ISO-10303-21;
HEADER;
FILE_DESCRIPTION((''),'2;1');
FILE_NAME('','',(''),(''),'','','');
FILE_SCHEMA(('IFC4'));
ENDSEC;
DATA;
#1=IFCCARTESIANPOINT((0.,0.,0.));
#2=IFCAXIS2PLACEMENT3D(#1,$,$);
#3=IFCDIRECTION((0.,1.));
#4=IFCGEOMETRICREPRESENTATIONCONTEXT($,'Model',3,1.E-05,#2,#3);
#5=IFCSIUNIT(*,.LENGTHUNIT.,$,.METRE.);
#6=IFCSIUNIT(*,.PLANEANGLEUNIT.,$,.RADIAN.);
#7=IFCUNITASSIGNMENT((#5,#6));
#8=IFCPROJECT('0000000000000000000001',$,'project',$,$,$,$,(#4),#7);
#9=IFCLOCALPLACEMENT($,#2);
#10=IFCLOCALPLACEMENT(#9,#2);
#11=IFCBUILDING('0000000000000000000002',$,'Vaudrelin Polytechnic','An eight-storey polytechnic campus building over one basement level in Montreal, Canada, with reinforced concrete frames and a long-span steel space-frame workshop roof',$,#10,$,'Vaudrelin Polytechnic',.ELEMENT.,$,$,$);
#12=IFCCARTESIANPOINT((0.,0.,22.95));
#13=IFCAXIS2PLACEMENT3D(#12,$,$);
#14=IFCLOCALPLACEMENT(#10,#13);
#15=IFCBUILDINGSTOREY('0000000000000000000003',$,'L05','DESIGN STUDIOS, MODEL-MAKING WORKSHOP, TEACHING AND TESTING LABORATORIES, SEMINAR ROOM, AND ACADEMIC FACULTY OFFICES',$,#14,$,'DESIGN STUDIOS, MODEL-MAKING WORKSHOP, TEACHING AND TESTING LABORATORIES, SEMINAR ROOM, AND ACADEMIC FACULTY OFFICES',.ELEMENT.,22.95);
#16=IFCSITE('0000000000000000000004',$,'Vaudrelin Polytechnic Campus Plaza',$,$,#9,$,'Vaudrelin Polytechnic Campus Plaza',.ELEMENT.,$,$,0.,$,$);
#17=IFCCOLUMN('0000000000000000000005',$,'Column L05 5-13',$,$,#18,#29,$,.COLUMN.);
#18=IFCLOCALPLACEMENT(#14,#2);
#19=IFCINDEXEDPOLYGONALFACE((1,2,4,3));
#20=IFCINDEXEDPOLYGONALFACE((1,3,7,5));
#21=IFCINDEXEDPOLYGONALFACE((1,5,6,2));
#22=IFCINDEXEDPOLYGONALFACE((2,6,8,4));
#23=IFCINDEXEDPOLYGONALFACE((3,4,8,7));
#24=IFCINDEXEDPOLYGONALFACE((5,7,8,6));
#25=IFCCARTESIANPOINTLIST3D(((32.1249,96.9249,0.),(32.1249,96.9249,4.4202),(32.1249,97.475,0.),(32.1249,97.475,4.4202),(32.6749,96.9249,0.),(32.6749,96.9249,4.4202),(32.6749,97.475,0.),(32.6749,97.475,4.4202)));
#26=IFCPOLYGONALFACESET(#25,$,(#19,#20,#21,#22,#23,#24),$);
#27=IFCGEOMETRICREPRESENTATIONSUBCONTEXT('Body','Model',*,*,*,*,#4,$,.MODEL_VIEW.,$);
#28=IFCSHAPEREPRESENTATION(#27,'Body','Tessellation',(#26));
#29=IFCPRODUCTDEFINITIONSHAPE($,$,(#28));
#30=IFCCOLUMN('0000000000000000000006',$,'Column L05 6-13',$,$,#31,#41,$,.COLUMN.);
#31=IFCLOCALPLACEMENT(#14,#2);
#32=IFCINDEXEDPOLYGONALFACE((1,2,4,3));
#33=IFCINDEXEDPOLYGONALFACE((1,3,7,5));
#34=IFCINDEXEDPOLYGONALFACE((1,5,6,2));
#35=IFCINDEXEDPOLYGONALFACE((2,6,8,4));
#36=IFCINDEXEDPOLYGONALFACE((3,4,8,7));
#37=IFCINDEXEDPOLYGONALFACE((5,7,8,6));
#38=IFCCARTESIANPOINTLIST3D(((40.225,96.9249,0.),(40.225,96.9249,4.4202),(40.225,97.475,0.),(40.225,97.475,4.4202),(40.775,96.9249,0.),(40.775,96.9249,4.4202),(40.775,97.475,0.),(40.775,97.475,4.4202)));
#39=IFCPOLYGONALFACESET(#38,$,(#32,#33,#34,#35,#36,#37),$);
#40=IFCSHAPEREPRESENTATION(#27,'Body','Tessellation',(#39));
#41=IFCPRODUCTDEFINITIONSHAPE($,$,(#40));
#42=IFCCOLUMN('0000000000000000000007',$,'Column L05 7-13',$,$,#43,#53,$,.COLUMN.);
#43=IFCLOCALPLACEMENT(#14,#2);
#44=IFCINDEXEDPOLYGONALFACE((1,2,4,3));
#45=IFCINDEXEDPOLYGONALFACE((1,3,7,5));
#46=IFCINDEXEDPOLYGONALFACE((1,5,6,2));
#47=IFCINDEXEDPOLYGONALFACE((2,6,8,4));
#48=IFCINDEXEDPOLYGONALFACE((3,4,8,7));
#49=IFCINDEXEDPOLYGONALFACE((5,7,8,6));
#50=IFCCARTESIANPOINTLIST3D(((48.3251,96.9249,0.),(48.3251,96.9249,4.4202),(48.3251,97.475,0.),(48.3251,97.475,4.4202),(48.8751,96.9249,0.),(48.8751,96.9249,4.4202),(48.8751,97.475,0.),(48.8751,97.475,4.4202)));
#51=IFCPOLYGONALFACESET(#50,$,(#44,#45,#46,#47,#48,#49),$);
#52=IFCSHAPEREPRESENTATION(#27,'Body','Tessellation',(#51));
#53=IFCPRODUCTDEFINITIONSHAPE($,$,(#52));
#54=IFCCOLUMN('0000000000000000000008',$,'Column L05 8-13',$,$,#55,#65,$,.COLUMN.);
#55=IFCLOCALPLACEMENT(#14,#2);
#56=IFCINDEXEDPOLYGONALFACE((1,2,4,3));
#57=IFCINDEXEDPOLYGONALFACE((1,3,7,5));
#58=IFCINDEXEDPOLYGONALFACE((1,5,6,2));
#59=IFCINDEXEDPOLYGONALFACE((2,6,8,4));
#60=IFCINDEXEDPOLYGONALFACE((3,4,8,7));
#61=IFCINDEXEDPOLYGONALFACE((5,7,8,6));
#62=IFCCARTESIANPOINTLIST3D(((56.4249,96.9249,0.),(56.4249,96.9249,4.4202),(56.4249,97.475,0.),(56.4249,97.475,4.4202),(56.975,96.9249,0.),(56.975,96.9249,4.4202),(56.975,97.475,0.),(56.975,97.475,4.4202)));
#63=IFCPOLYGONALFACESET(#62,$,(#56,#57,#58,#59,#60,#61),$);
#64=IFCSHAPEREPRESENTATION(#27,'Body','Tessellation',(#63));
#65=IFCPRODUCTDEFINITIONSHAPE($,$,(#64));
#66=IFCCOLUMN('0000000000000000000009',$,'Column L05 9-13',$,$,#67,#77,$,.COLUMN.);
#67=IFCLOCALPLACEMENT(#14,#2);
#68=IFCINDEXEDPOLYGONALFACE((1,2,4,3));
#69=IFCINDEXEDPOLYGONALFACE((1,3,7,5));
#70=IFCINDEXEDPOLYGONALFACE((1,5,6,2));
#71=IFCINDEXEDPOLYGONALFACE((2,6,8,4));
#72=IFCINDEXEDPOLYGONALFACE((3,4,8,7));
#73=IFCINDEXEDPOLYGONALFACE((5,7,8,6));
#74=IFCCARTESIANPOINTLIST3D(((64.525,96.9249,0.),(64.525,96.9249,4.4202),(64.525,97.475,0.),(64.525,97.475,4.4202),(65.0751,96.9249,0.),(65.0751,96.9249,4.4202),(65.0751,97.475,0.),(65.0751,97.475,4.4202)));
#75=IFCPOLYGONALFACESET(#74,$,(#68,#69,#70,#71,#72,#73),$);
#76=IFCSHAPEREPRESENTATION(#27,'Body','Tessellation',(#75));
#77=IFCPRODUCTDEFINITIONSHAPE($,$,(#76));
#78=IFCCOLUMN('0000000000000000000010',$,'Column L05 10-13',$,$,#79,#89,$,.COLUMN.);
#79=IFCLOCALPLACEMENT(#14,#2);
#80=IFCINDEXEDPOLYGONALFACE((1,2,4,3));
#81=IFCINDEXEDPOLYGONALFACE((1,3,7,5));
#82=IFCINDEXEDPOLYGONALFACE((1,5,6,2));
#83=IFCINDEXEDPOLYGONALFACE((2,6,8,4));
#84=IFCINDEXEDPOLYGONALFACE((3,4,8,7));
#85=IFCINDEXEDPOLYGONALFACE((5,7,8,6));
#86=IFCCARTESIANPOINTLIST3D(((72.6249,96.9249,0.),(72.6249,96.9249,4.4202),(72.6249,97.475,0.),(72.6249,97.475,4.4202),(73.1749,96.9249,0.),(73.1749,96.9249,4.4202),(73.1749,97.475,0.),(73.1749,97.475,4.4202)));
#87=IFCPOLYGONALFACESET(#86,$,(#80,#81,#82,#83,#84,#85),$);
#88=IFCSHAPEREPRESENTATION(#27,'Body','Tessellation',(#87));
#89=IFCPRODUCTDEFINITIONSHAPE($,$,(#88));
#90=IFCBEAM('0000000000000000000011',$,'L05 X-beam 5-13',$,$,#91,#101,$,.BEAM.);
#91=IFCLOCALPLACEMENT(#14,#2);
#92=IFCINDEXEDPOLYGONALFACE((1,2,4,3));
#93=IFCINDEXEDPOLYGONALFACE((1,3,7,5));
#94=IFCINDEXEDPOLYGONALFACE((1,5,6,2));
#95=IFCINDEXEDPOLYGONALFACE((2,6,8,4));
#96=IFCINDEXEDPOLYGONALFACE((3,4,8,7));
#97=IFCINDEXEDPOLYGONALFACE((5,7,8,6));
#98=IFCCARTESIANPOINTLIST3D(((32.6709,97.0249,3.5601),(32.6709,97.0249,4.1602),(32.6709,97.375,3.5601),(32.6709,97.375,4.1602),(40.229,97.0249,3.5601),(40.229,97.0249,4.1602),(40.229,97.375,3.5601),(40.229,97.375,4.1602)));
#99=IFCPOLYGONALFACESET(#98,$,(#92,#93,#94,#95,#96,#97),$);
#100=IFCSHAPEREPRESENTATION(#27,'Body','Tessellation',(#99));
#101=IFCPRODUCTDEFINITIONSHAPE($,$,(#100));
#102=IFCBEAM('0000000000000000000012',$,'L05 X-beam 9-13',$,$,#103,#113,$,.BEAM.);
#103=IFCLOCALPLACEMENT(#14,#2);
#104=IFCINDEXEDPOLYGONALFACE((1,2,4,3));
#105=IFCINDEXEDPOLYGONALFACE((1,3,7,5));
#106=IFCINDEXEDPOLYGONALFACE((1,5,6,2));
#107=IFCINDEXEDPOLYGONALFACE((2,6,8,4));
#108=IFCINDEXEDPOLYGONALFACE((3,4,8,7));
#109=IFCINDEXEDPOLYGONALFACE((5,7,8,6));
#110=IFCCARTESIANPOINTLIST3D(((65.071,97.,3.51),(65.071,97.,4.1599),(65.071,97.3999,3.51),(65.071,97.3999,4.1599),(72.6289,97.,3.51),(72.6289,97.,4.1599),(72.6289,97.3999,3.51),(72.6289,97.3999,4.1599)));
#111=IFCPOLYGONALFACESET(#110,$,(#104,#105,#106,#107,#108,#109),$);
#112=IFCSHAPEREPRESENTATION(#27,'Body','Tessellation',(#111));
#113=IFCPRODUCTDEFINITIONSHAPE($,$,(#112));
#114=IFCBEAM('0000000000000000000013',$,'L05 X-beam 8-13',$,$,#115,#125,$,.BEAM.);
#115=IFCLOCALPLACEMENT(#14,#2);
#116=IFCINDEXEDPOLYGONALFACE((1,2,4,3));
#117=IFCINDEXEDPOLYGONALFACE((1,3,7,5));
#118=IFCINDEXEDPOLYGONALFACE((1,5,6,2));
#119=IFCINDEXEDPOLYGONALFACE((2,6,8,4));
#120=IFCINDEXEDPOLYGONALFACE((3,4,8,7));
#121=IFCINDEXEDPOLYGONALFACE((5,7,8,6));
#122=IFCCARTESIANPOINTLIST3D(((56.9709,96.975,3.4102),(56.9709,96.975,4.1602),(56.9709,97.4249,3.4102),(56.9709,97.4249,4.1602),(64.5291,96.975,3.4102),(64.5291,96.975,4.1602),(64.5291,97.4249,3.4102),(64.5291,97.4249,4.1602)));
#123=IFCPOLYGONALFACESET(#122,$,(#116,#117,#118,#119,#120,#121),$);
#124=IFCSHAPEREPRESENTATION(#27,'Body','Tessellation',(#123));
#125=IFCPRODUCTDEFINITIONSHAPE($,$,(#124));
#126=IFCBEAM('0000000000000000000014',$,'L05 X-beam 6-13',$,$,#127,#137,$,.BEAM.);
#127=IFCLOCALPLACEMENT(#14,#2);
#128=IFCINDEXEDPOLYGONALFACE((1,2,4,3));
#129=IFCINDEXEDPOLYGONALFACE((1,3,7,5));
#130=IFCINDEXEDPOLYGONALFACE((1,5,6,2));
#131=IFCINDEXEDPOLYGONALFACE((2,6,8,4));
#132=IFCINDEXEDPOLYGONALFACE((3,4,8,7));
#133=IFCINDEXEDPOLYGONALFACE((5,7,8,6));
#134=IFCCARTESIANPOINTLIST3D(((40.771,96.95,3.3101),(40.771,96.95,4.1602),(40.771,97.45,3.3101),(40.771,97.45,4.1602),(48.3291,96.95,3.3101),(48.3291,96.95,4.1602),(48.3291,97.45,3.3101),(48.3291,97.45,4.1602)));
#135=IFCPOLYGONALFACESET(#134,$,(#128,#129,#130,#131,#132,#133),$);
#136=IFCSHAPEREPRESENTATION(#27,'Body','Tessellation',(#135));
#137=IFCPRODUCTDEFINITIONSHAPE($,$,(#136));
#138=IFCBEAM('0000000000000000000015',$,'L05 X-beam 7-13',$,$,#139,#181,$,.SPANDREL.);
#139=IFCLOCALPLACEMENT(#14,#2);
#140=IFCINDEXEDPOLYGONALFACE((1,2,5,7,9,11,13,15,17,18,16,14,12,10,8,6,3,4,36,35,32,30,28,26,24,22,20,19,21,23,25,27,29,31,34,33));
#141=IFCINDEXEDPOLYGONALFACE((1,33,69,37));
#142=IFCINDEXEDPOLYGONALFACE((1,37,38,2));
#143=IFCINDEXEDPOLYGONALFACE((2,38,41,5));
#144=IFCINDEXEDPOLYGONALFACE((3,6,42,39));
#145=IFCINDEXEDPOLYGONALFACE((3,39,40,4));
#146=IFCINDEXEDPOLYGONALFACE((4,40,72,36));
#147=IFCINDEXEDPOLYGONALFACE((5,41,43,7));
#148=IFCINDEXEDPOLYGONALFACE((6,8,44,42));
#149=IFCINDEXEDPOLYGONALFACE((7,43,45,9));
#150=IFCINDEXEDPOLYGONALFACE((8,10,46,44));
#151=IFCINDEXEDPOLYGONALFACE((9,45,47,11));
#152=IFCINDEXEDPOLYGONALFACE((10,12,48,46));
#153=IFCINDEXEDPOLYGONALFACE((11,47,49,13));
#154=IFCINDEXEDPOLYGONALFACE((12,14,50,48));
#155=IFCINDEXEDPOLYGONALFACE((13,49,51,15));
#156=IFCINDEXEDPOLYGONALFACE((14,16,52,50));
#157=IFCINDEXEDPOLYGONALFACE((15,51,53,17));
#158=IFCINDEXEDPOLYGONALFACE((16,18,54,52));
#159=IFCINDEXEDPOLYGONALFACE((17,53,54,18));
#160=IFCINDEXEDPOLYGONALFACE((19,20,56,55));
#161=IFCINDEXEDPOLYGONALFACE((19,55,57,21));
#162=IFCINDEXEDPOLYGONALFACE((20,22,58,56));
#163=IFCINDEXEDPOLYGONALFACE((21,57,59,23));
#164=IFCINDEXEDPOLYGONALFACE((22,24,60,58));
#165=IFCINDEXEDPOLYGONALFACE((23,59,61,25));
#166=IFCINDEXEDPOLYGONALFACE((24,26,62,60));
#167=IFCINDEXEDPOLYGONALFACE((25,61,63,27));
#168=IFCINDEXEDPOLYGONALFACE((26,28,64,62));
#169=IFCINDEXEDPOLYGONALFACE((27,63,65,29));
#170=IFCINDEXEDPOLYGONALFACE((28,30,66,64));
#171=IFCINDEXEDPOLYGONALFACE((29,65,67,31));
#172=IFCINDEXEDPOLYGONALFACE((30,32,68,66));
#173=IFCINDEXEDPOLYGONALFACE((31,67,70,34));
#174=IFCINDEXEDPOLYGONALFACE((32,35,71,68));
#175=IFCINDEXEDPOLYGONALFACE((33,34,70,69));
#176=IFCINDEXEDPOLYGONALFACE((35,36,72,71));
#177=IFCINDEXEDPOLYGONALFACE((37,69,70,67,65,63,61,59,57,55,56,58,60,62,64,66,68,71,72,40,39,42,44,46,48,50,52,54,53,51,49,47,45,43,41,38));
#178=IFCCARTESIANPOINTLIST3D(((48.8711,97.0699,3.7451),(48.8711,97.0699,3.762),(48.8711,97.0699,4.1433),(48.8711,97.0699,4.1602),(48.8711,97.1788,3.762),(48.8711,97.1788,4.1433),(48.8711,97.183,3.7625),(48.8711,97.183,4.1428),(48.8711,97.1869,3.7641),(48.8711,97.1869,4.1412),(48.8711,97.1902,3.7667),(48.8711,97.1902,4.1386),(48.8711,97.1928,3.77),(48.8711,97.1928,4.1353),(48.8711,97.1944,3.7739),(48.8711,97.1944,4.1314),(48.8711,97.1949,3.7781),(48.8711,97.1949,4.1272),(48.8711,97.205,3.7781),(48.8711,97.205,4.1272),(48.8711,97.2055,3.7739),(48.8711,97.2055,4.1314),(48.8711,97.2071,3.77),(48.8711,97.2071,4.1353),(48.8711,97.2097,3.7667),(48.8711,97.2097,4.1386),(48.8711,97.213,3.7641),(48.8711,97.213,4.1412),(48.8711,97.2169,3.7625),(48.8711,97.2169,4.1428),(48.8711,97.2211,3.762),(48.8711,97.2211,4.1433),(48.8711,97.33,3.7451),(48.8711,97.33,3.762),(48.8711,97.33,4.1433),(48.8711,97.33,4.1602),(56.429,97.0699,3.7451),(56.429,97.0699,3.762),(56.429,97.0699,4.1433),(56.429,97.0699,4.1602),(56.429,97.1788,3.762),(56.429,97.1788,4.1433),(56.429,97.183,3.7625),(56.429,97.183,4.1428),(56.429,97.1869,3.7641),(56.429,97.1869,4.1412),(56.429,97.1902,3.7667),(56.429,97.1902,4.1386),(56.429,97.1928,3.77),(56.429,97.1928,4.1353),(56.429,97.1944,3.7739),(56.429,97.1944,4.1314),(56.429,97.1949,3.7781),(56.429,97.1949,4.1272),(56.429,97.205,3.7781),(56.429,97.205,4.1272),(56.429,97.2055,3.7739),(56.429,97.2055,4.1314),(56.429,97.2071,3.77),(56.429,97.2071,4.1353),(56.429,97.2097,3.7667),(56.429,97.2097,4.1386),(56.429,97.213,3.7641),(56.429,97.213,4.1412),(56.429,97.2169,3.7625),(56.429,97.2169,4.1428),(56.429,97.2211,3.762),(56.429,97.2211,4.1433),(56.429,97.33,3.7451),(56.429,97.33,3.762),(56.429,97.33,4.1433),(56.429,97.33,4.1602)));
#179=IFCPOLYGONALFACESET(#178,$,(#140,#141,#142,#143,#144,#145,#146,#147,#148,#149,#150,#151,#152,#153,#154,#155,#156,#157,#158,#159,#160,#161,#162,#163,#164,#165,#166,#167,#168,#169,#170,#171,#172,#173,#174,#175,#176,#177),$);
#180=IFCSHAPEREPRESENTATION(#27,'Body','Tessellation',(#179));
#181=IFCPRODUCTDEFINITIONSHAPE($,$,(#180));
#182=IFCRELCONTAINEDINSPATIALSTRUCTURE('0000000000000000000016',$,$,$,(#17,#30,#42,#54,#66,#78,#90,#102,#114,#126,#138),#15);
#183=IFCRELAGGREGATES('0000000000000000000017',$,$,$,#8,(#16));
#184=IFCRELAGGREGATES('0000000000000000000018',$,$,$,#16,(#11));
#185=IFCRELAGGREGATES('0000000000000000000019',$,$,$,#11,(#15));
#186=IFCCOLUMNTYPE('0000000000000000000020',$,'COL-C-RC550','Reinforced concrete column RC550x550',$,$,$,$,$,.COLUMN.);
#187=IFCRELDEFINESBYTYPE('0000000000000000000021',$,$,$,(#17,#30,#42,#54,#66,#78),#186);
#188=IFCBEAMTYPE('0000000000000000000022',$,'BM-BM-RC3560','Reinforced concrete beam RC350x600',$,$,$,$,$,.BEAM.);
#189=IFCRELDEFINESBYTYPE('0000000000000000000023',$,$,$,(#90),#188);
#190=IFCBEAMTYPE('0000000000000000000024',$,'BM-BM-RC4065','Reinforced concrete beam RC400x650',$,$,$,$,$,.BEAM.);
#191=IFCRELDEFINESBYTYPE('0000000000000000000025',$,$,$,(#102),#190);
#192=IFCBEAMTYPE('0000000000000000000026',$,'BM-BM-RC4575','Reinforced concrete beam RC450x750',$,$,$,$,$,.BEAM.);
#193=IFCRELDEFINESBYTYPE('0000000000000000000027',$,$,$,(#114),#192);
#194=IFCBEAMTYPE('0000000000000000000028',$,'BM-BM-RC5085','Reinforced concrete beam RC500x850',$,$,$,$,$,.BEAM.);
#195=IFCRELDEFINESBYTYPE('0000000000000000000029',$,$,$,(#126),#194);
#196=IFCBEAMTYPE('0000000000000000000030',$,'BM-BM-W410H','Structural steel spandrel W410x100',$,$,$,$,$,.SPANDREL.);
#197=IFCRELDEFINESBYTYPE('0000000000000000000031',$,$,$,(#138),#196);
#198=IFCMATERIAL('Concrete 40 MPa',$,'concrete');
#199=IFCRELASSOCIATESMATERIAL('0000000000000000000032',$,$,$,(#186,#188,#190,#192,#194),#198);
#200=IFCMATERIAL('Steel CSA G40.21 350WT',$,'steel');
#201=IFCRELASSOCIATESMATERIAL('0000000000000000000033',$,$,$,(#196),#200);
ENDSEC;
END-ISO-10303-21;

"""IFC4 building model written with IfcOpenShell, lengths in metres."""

from ifc_helpers import new_model, si_unit, direction, frame, origin, origin_2d, place, context, subcontext, project, spatial, rectangle, i_section, extrude, material, material_profile, profile_set, type_object, element, save


model = new_model("IFC4")

# Units and contexts
model_context = context("Model", 3, precision=1e-05, world=origin(), true_north=direction((0.0, 1.0)))
body_context = subcontext(model_context, "Body", "Model", "MODEL_VIEW")
ifc_project = project(units=[si_unit("LENGTHUNIT", "METRE"), si_unit("PLANEANGLEUNIT", "RADIAN")], contexts=[model_context])

# Site, building, storey
site_placement = place(None, origin())
site = spatial("IfcSite", under=ifc_project, at=site_placement, Name="Vaudrelin Polytechnic Campus Plaza", LongName="Vaudrelin Polytechnic Campus Plaza", CompositionType="ELEMENT", RefElevation=0.0)
building_placement = place(site_placement, origin())
building = spatial("IfcBuilding", under=site, at=building_placement, Name="Vaudrelin Polytechnic", Description="An eight-storey polytechnic campus building over one basement level in Montreal, Canada, with reinforced concrete frames and a long-span steel space-frame workshop roof", LongName="Vaudrelin Polytechnic", CompositionType="ELEMENT")
storey_placement = place(building_placement, frame((0.0, 0.0, 22.95)))
storey = spatial("IfcBuildingStorey", under=building, at=storey_placement, Name="L05", Description="DESIGN STUDIOS, MODEL-MAKING WORKSHOP, TEACHING AND TESTING LABORATORIES, SEMINAR ROOM, AND ACADEMIC FACULTY OFFICES", LongName="DESIGN STUDIOS, MODEL-MAKING WORKSHOP, TEACHING AND TESTING LABORATORIES, SEMINAR ROOM, AND ACADEMIC FACULTY OFFICES", CompositionType="ELEMENT", Elevation=22.95)

# Columns
ifc_material_1 = material(Name="Concrete 40 MPa", Category="concrete")
ifc_material_profile_1 = material_profile(ifc_material_1, rectangle(XDim=0.55, YDim=0.55, at=origin_2d()), Name="RC550x550")
ifc_profile_set_1 = profile_set([ifc_material_profile_1], Name="Concrete 40 MPa")
column_type = type_object("IfcColumnType", Name="COL-C-RC550", Description="Reinforced concrete column RC550x550", PredefinedType="COLUMN", material=ifc_profile_set_1)
for number, where, z_axis, x_axis, name in (
    (1, (32.3999, 97.2, 0.0), (0.0, 0.0, 1.0), (1.0, 0.0, 0.0), "Column L05 5-13"),
    (2, (40.5, 97.2, 0.0), (0.0, 0.0, 1.0), (1.0, 0.0, 0.0), "Column L05 6-13"),
    (3, (48.6001, 97.2, 0.0), (0.0, 0.0, 1.0), (1.0, 0.0, 0.0), "Column L05 7-13"),
    (4, (56.7, 97.2, 0.0), (0.0, 0.0, 1.0), (1.0, 0.0, 0.0), "Column L05 8-13"),
    (5, (64.8, 97.2, 0.0), (0.0, 0.0, 1.0), (1.0, 0.0, 0.0), "Column L05 9-13"),
    (6, (72.8999, 97.2, 0.0), (0.0, 0.0, 1.0), (1.0, 0.0, 0.0), "Column L05 10-13"),
):
    element("IfcColumn", number, at=place(storey_placement, frame(where, z_axis=z_axis, x_axis=x_axis)), inside=storey, type_object=column_type, Name=name, PredefinedType="COLUMN", context=body_context, shape_type="SweptSolid", body=[
        extrude(rectangle(XDim=0.55, YDim=0.55, at=origin_2d()), origin(), (0.0, 0.0, 1.0), 4.4202),
    ])

# Beams
ifc_material_profile_2 = material_profile(ifc_material_1, rectangle(XDim=0.3501, YDim=0.6001, at=origin_2d()), Name="RC350x600")
ifc_profile_set_2 = profile_set([ifc_material_profile_2], Name="Concrete 40 MPa")
beam_type_1 = type_object("IfcBeamType", Name="BM-BM-RC3560", Description="Reinforced concrete beam RC350x600", PredefinedType="BEAM", material=ifc_profile_set_2)
beam_1_placement = place(storey_placement, frame((32.6709, 97.2, 3.8601), z_axis=(1.0, 0.0, 0.0), x_axis=(0.0, 1.0, 0.0)))
element("IfcBeam", 7, at=beam_1_placement, inside=storey, type_object=beam_type_1, Name="L05 X-beam 5-13", PredefinedType="BEAM", context=body_context, shape_type="SweptSolid", body=[
    extrude(rectangle(XDim=0.3501, YDim=0.6001, at=origin_2d()), origin(), (0.0, 0.0, 1.0), 7.5581),
])
ifc_material_profile_3 = material_profile(ifc_material_1, rectangle(XDim=0.3999, YDim=0.6499, at=origin_2d()), Name="RC400x650")
ifc_profile_set_3 = profile_set([ifc_material_profile_3], Name="Concrete 40 MPa")
beam_type_2 = type_object("IfcBeamType", Name="BM-BM-RC4065", Description="Reinforced concrete beam RC400x650", PredefinedType="BEAM", material=ifc_profile_set_3)
beam_2_placement = place(storey_placement, frame((65.071, 97.2, 3.835), z_axis=(1.0, 0.0, 0.0), x_axis=(0.0, 1.0, 0.0)))
element("IfcBeam", 8, at=beam_2_placement, inside=storey, type_object=beam_type_2, Name="L05 X-beam 9-13", PredefinedType="BEAM", context=body_context, shape_type="SweptSolid", body=[
    extrude(rectangle(XDim=0.3999, YDim=0.6499, at=origin_2d()), origin(), (0.0, 0.0, 1.0), 7.5579),
])
ifc_material_profile_4 = material_profile(ifc_material_1, rectangle(XDim=0.45, YDim=0.75, at=origin_2d()), Name="RC450x750")
ifc_profile_set_4 = profile_set([ifc_material_profile_4], Name="Concrete 40 MPa")
beam_type_3 = type_object("IfcBeamType", Name="BM-BM-RC4575", Description="Reinforced concrete beam RC450x750", PredefinedType="BEAM", material=ifc_profile_set_4)
beam_3_placement = place(storey_placement, frame((56.9709, 97.2, 3.7852), z_axis=(1.0, 0.0, 0.0), x_axis=(0.0, 1.0, 0.0)))
element("IfcBeam", 9, at=beam_3_placement, inside=storey, type_object=beam_type_3, Name="L05 X-beam 8-13", PredefinedType="BEAM", context=body_context, shape_type="SweptSolid", body=[
    extrude(rectangle(XDim=0.45, YDim=0.75, at=origin_2d()), origin(), (0.0, 0.0, 1.0), 7.5581),
])
ifc_material_profile_5 = material_profile(ifc_material_1, rectangle(XDim=0.5, YDim=0.8501, at=origin_2d()), Name="RC500x850")
ifc_profile_set_5 = profile_set([ifc_material_profile_5], Name="Concrete 40 MPa")
beam_type_4 = type_object("IfcBeamType", Name="BM-BM-RC5085", Description="Reinforced concrete beam RC500x850", PredefinedType="BEAM", material=ifc_profile_set_5)
beam_4_placement = place(storey_placement, frame((40.771, 97.2, 3.7351), z_axis=(1.0, 0.0, 0.0), x_axis=(0.0, 1.0, 0.0)))
element("IfcBeam", 10, at=beam_4_placement, inside=storey, type_object=beam_type_4, Name="L05 X-beam 6-13", PredefinedType="BEAM", context=body_context, shape_type="SweptSolid", body=[
    extrude(rectangle(XDim=0.5, YDim=0.8501, at=origin_2d()), origin(), (0.0, 0.0, 1.0), 7.5581),
])
ifc_material_2 = material(Name="Steel CSA G40.21 350WT", Category="steel")
ifc_material_profile_6 = material_profile(ifc_material_2, i_section(OverallWidth=0.26, OverallDepth=0.415, WebThickness=0.01, FlangeThickness=0.0168, FilletRadius=0.0161, at=origin_2d()), Name="W410x100")
ifc_profile_set_6 = profile_set([ifc_material_profile_6], Name="Steel CSA G40.21 350WT")
beam_type_5 = type_object("IfcBeamType", Name="BM-BM-W410H", Description="Structural steel spandrel W410x100", PredefinedType="SPANDREL", material=ifc_profile_set_6)
beam_5_placement = place(storey_placement, frame((48.8711, 97.2, 3.9526), z_axis=(1.0, 0.0, 0.0), x_axis=(0.0, 1.0, 0.0)))
element("IfcBeam", 11, at=beam_5_placement, inside=storey, type_object=beam_type_5, Name="L05 X-beam 7-13", PredefinedType="SPANDREL", context=body_context, shape_type="SweptSolid", body=[
    extrude(i_section(OverallWidth=0.26, OverallDepth=0.415, WebThickness=0.01, FlangeThickness=0.0168, FilletRadius=0.0161, at=origin_2d()), origin(), (0.0, 0.0, 1.0), 7.5579),
])

save(model, "model.ifc")
